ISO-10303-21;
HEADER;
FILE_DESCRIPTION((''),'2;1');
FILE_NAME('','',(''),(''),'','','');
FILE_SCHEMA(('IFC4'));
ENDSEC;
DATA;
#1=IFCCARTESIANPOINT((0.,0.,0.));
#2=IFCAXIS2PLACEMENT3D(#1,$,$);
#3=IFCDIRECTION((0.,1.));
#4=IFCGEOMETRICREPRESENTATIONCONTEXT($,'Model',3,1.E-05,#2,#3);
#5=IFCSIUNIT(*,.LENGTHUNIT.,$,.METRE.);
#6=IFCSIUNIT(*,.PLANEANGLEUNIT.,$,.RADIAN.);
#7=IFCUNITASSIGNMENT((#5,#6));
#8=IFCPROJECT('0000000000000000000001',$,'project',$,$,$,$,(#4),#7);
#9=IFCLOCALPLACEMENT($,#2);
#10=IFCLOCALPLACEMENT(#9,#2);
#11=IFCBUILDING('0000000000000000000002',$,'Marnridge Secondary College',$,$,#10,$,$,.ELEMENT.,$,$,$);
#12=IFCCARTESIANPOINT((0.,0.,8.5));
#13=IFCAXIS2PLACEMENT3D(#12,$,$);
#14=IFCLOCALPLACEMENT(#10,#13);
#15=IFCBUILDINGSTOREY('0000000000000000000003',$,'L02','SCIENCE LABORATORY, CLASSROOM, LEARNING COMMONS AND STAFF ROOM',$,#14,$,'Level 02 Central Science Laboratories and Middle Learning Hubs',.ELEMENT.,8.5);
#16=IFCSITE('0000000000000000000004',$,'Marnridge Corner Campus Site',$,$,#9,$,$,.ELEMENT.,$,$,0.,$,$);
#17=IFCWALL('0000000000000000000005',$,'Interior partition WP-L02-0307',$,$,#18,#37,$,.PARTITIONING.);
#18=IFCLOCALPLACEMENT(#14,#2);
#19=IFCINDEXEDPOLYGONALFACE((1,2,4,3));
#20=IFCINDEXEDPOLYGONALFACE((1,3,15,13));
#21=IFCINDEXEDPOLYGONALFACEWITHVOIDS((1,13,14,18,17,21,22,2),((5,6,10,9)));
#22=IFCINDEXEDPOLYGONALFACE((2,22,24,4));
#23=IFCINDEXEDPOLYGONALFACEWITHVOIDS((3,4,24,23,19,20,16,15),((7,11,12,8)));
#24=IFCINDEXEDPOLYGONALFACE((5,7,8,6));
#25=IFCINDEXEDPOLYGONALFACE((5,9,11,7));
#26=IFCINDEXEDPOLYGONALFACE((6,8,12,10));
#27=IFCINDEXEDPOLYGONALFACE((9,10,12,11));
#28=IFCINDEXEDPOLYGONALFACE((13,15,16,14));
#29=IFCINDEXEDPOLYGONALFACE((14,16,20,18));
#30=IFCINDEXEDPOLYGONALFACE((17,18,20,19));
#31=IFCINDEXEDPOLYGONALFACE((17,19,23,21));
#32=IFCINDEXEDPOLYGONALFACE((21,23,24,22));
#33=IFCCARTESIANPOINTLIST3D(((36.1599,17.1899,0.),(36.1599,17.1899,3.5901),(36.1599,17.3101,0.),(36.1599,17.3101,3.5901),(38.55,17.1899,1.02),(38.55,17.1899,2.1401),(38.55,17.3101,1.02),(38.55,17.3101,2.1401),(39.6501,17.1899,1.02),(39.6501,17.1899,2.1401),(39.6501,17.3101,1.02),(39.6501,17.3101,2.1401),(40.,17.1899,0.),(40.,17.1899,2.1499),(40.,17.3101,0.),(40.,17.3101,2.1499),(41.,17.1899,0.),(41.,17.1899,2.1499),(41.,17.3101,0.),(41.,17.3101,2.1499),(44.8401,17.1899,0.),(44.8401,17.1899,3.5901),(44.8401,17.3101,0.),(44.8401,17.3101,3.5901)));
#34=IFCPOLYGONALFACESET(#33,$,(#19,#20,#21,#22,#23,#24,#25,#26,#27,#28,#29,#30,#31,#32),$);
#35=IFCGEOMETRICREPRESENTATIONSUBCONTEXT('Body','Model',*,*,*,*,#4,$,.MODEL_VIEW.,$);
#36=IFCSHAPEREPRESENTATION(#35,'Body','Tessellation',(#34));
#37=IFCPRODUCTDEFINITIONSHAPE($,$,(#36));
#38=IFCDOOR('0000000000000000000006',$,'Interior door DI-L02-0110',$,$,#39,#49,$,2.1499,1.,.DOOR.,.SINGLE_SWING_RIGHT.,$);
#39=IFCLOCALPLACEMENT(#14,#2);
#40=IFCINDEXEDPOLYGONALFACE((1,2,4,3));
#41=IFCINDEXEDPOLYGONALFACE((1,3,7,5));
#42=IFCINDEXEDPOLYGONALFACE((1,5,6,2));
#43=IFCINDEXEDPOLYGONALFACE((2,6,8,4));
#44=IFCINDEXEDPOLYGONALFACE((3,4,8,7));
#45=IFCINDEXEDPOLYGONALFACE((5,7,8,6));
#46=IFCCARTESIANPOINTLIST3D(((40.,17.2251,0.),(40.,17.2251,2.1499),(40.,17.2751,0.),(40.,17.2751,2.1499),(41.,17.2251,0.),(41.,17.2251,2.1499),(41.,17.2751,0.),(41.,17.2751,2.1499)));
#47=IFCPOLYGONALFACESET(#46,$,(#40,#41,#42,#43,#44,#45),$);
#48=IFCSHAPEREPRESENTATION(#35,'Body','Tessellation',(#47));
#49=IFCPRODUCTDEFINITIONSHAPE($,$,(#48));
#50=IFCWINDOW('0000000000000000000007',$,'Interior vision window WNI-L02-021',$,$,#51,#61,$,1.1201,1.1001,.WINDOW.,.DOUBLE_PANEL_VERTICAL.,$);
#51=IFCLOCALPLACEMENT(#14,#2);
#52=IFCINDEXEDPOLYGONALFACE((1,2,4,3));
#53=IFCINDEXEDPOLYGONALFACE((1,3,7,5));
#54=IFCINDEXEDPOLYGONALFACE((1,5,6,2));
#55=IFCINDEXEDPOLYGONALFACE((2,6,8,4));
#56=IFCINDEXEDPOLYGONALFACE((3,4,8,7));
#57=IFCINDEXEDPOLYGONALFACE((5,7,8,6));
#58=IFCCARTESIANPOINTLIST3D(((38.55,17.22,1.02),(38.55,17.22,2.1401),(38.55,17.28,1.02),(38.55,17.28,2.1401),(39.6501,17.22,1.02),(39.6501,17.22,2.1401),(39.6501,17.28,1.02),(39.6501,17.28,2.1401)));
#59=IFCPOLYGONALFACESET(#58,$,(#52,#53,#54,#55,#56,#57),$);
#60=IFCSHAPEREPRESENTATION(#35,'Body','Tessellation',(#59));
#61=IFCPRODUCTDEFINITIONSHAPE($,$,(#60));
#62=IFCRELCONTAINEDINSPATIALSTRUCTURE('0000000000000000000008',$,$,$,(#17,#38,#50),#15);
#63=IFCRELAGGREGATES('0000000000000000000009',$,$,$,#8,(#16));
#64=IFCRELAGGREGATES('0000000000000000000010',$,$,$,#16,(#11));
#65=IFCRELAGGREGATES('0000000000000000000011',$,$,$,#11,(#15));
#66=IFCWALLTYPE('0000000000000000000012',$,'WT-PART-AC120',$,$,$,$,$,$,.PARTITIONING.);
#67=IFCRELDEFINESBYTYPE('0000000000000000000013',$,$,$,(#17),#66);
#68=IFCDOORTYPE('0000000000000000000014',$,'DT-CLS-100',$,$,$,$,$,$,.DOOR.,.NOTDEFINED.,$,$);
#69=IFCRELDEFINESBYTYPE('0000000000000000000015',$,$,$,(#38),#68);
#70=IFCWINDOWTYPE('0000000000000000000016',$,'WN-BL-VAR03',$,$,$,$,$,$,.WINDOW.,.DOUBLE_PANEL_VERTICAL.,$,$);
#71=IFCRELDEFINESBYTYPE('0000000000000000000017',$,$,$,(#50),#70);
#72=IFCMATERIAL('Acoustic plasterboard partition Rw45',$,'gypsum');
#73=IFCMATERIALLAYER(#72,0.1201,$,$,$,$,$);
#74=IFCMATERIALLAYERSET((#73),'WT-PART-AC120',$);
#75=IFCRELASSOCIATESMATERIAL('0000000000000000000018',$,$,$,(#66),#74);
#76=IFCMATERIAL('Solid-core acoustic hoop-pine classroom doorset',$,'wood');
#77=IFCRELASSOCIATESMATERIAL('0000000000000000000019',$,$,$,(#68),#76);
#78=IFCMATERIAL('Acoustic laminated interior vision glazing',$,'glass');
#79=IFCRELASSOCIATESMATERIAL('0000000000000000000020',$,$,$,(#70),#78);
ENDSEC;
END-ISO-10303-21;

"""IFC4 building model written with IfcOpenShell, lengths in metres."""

from ifc_helpers import new_model, si_unit, direction, frame, frame_2d, origin, place, context, subcontext, project, spatial, rectangle, extrude, material, layer, layer_set, type_object, element, fill, save


model = new_model("IFC4")

# Units and contexts
model_context = context("Model", 3, precision=1e-05, world=origin(), true_north=direction((0.0, 1.0)))
body_context = subcontext(model_context, "Body", "Model", "MODEL_VIEW")
ifc_project = project(units=[si_unit("LENGTHUNIT", "METRE"), si_unit("PLANEANGLEUNIT", "RADIAN")], contexts=[model_context])

# Site, building, storey
site_placement = place(None, origin())
site = spatial("IfcSite", under=ifc_project, at=site_placement, Name="Marnridge Corner Campus Site", CompositionType="ELEMENT", RefElevation=0.0)
building_placement = place(site_placement, origin())
building = spatial("IfcBuilding", under=site, at=building_placement, Name="Marnridge Secondary College", CompositionType="ELEMENT")
storey_placement = place(building_placement, frame((0.0, 0.0, 8.5)))
storey = spatial("IfcBuildingStorey", under=building, at=storey_placement, Name="L02", Description="SCIENCE LABORATORY, CLASSROOM, LEARNING COMMONS AND STAFF ROOM", LongName="Level 02 Central Science Laboratories and Middle Learning Hubs", CompositionType="ELEMENT", Elevation=8.5)

# Wall, openings, door, window
ifc_material_1 = material(Name="Acoustic plasterboard partition Rw45", Category="gypsum")
ifc_layer_1 = layer(ifc_material_1, 0.1201)
ifc_layer_set_1 = layer_set([ifc_layer_1], Name="WT-PART-AC120")
wall_type = type_object("IfcWallType", Name="WT-PART-AC120", PredefinedType="PARTITIONING", material=ifc_layer_set_1)
wall_placement = place(storey_placement, frame((44.8401, 17.25, 0.0), z_axis=(0.0, 0.0, 1.0), x_axis=(-1.0, 0.0, 0.0)))
wall = element("IfcWall", 1, at=wall_placement, inside=storey, type_object=wall_type, Name="Interior partition WP-L02-0307", PredefinedType="PARTITIONING", context=body_context, shape_type="SweptSolid", body=[
    extrude(rectangle(XDim=8.6802, YDim=0.1201, at=frame_2d((4.3401, 0.0))), origin(), (0.0, 0.0, 1.0), 3.5901),
])
opening_1_placement = place(wall_placement, frame((3.8401, 0.0, 0.0)))
opening_1 = element("IfcOpeningElement", 2, at=opening_1_placement, cuts=wall, PredefinedType="OPENING", context=body_context, shape_type="SweptSolid", body=[
    extrude(rectangle(XDim=1.0, YDim=2.1499, at=frame_2d((0.5, 1.075))), frame((0.0, 0.0701, 0.0), z_axis=(0.0, -1.0, 0.0), x_axis=(1.0, 0.0, 0.0)), (0.0, 0.0, 1.0), 0.1401),
])
opening_2_placement = place(wall_placement, frame((5.1899, 0.0, 1.02)))
opening_2 = element("IfcOpeningElement", 3, at=opening_2_placement, cuts=wall, PredefinedType="OPENING", context=body_context, shape_type="SweptSolid", body=[
    extrude(rectangle(XDim=1.1001, YDim=1.1201, at=frame_2d((0.55, 0.5601))), frame((0.0, 0.0701, 0.0), z_axis=(0.0, -1.0, 0.0), x_axis=(1.0, 0.0, 0.0)), (0.0, 0.0, 1.0), 0.1401),
])
ifc_material_2 = material(Name="Solid-core acoustic hoop-pine classroom doorset", Category="wood")
door_type = type_object("IfcDoorType", Name="DT-CLS-100", OperationType="NOTDEFINED", PredefinedType="DOOR", material=ifc_material_2)
door_placement = place(opening_1_placement, origin())
door = element("IfcDoor", 4, at=door_placement, inside=storey, type_object=door_type, Name="Interior door DI-L02-0110", OperationType="SINGLE_SWING_RIGHT", OverallHeight=2.1499, OverallWidth=1.0, PredefinedType="DOOR", context=body_context, shape_type="SweptSolid", body=[
    extrude(rectangle(XDim=1.0, YDim=2.1499, at=frame_2d((0.5, 1.075))), frame((0.0, 0.0249, 0.0), z_axis=(0.0, -1.0, 0.0), x_axis=(1.0, 0.0, 0.0)), (0.0, 0.0, 1.0), 0.05),
])
fill(opening_1, door)
ifc_material_3 = material(Name="Acoustic laminated interior vision glazing", Category="glass")
window_type = type_object("IfcWindowType", Name="WN-BL-VAR03", PartitioningType="DOUBLE_PANEL_VERTICAL", PredefinedType="WINDOW", material=ifc_material_3)
window_placement = place(opening_2_placement, origin())
window = element("IfcWindow", 5, at=window_placement, inside=storey, type_object=window_type, Name="Interior vision window WNI-L02-021", OverallHeight=1.1201, OverallWidth=1.1001, PartitioningType="DOUBLE_PANEL_VERTICAL", PredefinedType="WINDOW", context=body_context, shape_type="SweptSolid", body=[
    extrude(rectangle(XDim=1.1001, YDim=1.1201, at=frame_2d((0.55, 0.5601))), frame((0.0, 0.03, 0.0), z_axis=(0.0, -1.0, 0.0), x_axis=(1.0, 0.0, 0.0)), (0.0, 0.0, 1.0), 0.0601),
])
fill(opening_2, window)

save(model, "model.ifc")
